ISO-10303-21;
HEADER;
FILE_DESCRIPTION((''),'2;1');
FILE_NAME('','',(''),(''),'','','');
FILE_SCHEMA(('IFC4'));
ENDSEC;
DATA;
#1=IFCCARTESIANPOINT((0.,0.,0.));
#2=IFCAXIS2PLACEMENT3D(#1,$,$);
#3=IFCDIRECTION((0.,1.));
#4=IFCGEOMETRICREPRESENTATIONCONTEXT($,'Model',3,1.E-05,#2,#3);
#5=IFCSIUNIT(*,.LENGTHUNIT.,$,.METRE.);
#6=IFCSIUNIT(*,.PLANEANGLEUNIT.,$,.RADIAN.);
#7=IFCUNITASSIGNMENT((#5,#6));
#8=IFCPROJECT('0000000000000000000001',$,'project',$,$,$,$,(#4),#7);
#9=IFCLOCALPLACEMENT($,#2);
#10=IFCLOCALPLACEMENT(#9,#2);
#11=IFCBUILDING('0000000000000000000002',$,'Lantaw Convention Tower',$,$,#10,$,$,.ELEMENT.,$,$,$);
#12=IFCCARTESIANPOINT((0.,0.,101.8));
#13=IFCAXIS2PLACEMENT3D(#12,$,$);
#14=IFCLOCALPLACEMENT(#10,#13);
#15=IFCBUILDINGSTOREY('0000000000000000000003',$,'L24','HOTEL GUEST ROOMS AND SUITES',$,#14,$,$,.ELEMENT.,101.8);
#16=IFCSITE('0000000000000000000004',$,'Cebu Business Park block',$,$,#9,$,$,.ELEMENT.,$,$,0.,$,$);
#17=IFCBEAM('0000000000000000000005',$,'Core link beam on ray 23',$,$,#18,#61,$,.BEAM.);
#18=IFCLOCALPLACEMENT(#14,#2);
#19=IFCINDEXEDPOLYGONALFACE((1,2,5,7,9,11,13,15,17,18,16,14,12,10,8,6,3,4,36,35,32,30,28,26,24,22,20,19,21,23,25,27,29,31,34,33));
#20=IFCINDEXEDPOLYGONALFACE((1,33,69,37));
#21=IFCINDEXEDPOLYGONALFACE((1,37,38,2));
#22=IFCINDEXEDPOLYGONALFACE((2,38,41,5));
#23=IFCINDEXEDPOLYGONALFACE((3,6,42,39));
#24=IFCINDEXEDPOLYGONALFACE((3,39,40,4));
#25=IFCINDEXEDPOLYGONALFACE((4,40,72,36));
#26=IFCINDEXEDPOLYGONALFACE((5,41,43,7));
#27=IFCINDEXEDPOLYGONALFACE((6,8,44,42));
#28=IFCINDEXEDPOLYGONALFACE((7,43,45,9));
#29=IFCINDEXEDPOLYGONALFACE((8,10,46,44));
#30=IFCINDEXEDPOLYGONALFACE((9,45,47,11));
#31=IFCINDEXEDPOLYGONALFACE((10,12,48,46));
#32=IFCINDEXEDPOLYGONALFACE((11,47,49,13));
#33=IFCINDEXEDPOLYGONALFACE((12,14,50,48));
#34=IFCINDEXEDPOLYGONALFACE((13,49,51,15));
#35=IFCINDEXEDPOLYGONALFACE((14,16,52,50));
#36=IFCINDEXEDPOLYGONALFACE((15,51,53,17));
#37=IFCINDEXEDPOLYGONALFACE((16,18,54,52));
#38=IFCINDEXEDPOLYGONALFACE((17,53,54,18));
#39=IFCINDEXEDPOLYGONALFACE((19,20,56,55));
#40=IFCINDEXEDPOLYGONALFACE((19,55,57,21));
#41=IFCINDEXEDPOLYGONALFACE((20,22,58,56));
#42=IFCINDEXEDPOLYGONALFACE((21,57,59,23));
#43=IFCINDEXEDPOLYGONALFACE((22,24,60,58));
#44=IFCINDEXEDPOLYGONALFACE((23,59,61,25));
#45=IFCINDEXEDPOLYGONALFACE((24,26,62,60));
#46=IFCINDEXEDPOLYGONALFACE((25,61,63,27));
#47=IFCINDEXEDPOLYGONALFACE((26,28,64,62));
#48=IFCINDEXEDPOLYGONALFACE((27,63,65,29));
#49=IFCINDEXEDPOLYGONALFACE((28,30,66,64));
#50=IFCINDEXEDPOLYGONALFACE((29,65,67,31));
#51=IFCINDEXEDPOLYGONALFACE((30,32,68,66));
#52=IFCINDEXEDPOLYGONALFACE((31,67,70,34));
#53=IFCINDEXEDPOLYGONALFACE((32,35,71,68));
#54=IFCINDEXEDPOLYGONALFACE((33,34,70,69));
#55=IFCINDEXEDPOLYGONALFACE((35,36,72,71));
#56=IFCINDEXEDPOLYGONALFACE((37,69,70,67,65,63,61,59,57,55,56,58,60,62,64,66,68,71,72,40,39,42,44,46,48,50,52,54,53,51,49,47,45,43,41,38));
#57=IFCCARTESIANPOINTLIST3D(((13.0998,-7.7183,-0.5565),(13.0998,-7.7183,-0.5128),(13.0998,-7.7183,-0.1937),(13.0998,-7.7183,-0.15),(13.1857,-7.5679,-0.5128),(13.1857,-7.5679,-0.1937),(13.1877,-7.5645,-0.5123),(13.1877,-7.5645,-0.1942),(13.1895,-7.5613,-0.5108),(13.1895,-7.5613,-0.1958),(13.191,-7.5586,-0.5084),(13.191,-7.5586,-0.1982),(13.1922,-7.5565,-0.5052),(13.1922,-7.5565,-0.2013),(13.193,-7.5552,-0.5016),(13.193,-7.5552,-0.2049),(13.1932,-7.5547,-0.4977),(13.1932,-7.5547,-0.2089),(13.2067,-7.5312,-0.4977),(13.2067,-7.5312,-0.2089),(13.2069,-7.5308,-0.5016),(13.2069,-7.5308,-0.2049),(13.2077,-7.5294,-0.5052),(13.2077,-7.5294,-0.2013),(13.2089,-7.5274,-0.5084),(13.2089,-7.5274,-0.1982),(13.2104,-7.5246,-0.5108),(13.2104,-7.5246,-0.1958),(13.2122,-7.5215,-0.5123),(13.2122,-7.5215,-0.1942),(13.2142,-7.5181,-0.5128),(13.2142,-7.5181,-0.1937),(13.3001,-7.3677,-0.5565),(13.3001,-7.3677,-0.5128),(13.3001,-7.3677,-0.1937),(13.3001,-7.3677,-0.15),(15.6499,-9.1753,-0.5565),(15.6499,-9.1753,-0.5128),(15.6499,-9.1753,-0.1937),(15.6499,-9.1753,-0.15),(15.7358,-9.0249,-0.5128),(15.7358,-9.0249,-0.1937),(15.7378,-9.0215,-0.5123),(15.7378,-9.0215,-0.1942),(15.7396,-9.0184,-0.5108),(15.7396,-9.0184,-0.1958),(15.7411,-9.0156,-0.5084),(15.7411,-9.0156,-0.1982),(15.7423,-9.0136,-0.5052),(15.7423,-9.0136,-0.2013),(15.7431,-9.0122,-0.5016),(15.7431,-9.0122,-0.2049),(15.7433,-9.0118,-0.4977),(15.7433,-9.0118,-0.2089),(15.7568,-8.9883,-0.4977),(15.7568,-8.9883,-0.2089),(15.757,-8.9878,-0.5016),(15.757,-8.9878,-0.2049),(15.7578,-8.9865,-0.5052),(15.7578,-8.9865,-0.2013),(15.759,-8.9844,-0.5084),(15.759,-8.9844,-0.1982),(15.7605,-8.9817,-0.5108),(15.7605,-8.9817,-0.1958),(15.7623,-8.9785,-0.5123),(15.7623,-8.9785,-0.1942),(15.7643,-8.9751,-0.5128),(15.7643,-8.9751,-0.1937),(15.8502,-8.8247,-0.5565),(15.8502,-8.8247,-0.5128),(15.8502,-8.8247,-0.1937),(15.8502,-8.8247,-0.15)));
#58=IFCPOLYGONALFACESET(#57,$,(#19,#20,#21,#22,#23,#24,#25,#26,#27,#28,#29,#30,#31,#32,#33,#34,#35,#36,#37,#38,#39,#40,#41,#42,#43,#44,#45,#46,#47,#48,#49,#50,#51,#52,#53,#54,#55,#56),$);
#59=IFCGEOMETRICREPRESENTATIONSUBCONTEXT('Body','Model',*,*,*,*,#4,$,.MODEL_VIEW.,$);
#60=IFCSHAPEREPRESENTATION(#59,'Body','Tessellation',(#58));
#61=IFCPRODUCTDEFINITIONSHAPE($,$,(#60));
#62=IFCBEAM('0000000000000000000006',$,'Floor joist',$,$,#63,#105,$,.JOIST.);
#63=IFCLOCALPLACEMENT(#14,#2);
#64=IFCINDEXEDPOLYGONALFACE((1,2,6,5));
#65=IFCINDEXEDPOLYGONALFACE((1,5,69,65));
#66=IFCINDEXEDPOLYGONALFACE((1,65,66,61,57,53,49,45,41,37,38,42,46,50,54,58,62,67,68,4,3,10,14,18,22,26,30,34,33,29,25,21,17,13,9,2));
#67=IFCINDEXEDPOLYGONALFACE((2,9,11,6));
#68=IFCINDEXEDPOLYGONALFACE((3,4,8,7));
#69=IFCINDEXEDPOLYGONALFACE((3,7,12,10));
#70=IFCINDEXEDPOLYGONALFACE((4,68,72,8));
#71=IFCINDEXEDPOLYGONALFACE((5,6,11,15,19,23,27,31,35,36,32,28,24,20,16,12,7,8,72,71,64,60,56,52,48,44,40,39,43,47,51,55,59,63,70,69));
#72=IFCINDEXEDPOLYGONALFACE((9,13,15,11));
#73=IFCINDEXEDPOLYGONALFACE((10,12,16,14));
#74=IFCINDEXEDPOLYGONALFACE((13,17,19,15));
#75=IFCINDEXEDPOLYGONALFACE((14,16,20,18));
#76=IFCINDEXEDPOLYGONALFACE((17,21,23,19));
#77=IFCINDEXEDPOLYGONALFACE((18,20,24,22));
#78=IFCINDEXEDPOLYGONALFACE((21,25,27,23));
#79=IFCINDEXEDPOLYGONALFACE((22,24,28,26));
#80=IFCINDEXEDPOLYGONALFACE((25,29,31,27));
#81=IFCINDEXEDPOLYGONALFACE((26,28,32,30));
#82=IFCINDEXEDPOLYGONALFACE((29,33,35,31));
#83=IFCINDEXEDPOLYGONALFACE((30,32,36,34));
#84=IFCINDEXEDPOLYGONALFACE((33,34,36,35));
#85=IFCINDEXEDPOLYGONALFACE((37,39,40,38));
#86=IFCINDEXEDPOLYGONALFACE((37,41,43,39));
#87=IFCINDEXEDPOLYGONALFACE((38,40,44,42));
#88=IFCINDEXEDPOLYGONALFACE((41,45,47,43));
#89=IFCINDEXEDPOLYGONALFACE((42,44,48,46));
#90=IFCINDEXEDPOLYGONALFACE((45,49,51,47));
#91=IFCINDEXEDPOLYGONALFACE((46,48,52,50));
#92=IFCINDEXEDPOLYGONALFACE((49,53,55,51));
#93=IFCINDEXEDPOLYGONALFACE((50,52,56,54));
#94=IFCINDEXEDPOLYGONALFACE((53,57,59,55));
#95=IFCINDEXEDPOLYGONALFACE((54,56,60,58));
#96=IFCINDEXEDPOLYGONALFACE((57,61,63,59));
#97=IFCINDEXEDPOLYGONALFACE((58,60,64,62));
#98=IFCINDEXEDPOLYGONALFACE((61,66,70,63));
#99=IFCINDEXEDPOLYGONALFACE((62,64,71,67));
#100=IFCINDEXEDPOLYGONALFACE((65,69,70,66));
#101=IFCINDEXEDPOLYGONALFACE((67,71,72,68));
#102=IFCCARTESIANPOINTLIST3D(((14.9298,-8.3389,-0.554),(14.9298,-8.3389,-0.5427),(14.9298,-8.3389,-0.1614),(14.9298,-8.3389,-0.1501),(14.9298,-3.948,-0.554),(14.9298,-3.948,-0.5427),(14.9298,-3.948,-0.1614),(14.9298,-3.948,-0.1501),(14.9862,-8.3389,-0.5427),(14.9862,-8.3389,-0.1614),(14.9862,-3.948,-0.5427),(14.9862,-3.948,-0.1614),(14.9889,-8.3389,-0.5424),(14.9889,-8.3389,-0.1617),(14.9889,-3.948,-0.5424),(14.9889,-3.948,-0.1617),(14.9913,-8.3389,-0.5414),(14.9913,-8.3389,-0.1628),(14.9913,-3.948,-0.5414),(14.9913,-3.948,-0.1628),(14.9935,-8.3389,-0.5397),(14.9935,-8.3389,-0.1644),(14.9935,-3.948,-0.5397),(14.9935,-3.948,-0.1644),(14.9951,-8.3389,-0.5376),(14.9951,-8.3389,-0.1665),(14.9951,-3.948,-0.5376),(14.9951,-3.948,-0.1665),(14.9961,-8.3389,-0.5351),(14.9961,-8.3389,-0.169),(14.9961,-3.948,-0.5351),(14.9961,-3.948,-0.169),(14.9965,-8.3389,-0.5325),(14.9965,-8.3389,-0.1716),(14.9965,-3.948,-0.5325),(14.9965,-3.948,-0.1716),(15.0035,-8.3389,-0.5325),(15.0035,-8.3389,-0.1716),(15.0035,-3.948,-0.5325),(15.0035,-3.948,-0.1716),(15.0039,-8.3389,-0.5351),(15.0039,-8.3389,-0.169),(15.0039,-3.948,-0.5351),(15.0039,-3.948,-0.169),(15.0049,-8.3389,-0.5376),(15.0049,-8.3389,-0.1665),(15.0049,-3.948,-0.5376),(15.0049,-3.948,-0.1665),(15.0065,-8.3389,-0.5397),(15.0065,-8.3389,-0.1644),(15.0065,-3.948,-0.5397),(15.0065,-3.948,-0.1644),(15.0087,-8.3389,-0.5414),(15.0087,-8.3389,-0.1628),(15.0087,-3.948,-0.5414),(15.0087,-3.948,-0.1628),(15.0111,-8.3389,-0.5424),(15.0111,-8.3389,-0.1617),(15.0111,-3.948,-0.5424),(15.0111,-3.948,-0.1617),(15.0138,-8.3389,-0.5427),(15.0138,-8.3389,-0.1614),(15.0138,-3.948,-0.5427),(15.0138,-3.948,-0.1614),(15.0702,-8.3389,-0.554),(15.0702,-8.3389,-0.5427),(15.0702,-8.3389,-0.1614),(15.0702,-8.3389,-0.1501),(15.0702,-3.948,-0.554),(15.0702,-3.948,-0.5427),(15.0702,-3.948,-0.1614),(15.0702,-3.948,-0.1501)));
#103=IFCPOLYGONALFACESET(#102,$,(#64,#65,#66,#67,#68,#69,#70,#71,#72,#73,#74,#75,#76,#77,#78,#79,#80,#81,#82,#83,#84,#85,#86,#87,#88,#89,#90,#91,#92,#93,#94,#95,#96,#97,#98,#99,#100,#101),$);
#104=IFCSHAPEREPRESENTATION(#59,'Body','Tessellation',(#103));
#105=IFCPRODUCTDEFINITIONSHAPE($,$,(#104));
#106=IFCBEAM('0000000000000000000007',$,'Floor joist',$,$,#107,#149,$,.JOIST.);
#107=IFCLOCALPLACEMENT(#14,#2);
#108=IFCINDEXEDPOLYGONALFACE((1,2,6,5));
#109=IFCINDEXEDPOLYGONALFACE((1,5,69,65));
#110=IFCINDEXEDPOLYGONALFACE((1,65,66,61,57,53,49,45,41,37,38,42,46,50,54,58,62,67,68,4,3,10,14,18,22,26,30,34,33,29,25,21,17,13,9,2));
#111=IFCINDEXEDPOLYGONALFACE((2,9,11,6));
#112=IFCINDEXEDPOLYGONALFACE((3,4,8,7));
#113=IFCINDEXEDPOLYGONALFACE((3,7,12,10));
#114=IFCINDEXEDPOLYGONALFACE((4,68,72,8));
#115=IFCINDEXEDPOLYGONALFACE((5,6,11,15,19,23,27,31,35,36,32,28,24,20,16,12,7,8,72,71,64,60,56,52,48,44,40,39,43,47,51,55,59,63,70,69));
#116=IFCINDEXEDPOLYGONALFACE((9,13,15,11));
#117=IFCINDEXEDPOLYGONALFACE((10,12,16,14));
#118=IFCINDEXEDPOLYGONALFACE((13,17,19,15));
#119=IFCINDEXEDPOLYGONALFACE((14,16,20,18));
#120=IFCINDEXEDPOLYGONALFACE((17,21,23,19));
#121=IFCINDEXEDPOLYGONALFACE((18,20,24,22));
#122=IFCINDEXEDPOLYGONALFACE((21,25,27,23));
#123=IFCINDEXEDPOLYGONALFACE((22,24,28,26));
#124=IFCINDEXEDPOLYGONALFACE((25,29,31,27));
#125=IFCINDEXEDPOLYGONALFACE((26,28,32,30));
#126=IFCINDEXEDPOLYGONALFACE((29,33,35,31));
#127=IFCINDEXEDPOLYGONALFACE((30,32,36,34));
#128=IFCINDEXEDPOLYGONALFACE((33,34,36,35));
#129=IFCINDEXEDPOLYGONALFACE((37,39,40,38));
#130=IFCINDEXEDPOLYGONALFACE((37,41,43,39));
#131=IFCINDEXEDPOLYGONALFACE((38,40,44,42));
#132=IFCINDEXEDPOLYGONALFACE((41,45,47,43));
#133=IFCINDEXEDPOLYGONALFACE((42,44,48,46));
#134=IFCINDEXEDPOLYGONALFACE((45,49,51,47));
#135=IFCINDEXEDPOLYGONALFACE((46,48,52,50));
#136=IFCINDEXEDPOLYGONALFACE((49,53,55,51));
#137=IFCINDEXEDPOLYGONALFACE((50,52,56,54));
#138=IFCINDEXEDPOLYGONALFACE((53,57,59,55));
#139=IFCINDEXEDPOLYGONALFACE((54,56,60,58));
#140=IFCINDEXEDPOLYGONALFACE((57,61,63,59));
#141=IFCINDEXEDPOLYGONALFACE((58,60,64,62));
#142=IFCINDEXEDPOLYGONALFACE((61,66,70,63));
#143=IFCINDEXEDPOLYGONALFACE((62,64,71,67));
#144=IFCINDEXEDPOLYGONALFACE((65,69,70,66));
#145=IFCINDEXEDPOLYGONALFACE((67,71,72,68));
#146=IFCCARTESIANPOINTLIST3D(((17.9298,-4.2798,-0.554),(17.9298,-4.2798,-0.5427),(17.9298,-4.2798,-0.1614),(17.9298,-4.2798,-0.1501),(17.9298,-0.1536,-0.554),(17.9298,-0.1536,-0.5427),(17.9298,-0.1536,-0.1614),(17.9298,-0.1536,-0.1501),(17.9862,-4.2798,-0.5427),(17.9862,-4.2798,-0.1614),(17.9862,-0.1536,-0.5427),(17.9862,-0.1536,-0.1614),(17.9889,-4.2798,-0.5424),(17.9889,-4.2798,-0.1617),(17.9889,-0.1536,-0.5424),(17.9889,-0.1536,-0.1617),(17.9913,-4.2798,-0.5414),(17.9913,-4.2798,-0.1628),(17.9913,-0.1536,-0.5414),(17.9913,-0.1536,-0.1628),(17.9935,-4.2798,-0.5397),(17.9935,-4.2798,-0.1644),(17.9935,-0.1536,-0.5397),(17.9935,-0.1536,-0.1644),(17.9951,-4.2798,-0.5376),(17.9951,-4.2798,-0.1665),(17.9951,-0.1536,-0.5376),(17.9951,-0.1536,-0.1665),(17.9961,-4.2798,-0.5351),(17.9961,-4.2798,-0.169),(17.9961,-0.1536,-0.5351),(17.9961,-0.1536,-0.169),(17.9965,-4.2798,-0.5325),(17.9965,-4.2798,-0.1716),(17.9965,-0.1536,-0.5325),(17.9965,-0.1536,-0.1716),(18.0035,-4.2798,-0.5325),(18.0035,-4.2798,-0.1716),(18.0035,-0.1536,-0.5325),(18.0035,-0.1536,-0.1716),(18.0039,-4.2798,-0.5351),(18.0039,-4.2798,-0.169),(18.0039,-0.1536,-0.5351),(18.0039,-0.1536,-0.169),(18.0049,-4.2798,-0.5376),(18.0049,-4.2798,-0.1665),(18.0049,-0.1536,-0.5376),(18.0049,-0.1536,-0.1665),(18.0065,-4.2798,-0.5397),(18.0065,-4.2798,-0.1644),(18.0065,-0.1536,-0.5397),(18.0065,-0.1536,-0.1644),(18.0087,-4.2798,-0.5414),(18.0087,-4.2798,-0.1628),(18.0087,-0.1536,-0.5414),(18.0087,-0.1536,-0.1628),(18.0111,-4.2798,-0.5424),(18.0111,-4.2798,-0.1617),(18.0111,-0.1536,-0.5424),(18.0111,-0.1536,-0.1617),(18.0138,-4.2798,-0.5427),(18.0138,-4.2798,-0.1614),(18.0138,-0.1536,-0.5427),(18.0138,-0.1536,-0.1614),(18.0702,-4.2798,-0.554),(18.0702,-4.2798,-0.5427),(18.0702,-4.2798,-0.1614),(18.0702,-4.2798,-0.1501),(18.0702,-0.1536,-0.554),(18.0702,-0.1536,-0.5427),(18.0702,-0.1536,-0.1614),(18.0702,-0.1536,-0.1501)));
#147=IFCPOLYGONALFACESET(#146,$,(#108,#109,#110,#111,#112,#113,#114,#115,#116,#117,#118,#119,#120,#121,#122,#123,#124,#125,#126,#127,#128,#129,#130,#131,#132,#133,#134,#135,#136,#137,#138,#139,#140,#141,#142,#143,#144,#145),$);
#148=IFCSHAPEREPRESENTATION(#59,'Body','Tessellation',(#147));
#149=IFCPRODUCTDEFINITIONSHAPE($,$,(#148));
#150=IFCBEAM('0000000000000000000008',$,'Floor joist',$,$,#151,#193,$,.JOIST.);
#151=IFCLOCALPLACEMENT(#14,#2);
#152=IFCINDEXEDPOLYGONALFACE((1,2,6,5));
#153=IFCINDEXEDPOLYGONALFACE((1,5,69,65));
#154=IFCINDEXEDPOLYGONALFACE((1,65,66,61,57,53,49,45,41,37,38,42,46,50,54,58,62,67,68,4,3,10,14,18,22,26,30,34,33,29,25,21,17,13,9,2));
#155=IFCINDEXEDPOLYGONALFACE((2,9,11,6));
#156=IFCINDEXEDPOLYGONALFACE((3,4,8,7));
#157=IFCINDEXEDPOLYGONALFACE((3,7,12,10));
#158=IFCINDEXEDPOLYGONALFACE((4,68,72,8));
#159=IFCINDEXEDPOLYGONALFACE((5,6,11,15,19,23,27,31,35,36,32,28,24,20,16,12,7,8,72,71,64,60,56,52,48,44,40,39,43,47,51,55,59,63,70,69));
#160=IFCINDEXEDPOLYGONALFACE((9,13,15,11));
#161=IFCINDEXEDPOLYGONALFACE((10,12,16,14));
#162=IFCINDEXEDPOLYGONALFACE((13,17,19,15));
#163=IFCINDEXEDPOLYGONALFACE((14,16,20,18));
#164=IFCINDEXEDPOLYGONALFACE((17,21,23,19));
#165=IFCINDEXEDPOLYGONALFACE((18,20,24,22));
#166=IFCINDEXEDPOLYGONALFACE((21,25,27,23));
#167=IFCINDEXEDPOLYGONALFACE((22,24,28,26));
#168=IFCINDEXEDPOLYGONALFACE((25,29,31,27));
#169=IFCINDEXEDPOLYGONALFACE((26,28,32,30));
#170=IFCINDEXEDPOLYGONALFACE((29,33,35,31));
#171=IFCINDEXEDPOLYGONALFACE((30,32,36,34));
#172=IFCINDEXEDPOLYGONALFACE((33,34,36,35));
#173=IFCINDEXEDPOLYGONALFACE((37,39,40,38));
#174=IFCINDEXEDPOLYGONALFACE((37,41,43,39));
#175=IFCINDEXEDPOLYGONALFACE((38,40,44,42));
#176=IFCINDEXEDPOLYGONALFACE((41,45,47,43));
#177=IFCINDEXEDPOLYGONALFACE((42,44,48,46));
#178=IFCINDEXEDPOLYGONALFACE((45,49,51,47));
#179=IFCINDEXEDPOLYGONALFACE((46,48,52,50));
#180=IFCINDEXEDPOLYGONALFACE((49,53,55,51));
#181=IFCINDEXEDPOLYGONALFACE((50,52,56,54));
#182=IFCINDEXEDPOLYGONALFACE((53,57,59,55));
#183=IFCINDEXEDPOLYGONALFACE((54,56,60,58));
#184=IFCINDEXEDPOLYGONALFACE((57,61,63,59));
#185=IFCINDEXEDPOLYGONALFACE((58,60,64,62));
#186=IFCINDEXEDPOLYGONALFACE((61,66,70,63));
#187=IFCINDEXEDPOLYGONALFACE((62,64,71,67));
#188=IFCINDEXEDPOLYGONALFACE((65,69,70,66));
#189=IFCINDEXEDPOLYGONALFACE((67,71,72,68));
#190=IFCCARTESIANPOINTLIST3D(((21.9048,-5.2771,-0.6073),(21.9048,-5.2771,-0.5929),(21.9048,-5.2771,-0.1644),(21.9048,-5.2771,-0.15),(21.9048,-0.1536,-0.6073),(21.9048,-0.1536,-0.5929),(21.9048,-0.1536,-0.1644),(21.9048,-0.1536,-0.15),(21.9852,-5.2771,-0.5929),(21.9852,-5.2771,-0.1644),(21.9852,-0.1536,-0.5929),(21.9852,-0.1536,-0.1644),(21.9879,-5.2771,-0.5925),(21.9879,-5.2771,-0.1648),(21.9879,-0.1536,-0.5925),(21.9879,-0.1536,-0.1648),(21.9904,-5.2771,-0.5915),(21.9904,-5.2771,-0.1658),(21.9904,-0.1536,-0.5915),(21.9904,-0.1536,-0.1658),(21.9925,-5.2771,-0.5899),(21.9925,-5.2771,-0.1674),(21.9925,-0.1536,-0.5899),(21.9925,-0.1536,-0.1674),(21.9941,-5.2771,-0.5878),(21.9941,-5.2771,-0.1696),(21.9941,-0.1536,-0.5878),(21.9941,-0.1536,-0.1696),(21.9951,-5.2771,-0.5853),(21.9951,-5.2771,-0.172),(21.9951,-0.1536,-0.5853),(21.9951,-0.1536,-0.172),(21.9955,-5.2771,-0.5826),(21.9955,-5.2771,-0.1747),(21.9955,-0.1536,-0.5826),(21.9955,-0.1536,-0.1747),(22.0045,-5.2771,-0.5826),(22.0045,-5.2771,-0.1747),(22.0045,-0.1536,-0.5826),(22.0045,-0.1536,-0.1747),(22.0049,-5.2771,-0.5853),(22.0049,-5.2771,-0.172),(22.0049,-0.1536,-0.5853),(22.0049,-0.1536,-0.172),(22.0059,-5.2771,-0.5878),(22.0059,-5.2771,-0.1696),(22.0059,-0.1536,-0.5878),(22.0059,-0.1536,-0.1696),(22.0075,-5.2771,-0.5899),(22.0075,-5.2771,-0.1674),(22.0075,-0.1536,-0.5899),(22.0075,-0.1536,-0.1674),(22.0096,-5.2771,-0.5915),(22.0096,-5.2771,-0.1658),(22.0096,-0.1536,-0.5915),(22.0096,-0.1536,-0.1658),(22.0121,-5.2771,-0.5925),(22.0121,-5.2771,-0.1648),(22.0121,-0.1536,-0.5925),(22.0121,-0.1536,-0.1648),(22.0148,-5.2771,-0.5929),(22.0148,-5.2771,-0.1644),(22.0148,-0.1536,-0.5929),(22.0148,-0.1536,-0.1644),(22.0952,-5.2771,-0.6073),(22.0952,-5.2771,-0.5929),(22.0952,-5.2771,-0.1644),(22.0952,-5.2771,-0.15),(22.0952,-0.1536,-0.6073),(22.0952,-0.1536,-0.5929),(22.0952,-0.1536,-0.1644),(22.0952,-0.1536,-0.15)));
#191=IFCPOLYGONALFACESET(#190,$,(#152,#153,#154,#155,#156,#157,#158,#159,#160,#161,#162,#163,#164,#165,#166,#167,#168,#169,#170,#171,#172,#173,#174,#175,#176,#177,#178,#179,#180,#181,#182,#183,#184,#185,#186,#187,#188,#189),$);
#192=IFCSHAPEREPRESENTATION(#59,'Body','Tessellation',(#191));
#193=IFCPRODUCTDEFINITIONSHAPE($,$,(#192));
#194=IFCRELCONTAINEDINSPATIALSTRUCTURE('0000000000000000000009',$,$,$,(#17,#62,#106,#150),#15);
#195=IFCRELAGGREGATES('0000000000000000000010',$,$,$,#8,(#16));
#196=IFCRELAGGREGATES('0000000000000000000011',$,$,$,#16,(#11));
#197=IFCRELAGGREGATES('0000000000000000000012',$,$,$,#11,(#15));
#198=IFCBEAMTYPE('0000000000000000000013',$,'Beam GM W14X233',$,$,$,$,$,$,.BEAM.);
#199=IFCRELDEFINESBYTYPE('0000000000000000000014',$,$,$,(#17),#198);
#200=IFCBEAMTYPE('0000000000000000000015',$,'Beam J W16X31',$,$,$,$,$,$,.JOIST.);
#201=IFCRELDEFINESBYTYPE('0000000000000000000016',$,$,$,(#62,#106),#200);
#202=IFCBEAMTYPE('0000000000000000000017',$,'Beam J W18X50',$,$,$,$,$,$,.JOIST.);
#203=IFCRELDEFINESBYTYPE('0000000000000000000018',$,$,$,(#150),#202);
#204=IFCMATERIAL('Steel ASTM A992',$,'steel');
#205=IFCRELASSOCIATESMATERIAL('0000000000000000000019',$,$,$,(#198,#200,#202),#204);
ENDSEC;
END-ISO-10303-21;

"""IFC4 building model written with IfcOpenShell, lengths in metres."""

from ifc_helpers import new_model, si_unit, direction, frame, origin, origin_2d, place, context, subcontext, project, spatial, i_section, extrude, material, material_profile, profile_set, type_object, element, save


model = new_model("IFC4")

# Units and contexts
model_context = context("Model", 3, precision=1e-05, world=origin(), true_north=direction((0.0, 1.0)))
body_context = subcontext(model_context, "Body", "Model", "MODEL_VIEW")
ifc_project = project(units=[si_unit("LENGTHUNIT", "METRE"), si_unit("PLANEANGLEUNIT", "RADIAN")], contexts=[model_context])

# Site, building, storey
site_placement = place(None, origin())
site = spatial("IfcSite", under=ifc_project, at=site_placement, Name="Cebu Business Park block", CompositionType="ELEMENT", RefElevation=0.0)
building_placement = place(site_placement, origin())
building = spatial("IfcBuilding", under=site, at=building_placement, Name="Lantaw Convention Tower", CompositionType="ELEMENT")
storey_placement = place(building_placement, frame((0.0, 0.0, 101.8)))
storey = spatial("IfcBuildingStorey", under=building, at=storey_placement, Name="L24", Description="HOTEL GUEST ROOMS AND SUITES", CompositionType="ELEMENT", Elevation=101.8)

# Beams
ifc_material_1 = material(Name="Steel ASTM A992", Category="steel")
ifc_material_profile_1 = material_profile(ifc_material_1, i_section(OverallWidth=0.4038, OverallDepth=0.4065, WebThickness=0.0271, FlangeThickness=0.0437, FilletRadius=0.0151, at=origin_2d()), Name="W14X233")
ifc_profile_set_1 = profile_set([ifc_material_profile_1], Name="Steel ASTM A992")
beam_type_1 = type_object("IfcBeamType", Name="Beam GM W14X233", PredefinedType="BEAM", material=ifc_profile_set_1)
beam_1_placement = place(storey_placement, frame((13.2, -7.543, -0.3533), z_axis=(0.868264, -0.496103, 0.0), x_axis=(0.496103, 0.868264, 0.0)))
element("IfcBeam", 1, at=beam_1_placement, inside=storey, type_object=beam_type_1, Name="Core link beam on ray 23", PredefinedType="BEAM", context=body_context, shape_type="SweptSolid", body=[
    extrude(i_section(OverallWidth=0.4038, OverallDepth=0.4065, WebThickness=0.0271, FlangeThickness=0.0437, FilletRadius=0.0151, at=origin_2d()), origin(), (0.0, 0.0, 1.0), 2.937),
])
ifc_material_profile_2 = material_profile(ifc_material_1, i_section(OverallWidth=0.1404, OverallDepth=0.4038, WebThickness=0.0071, FlangeThickness=0.0112, FilletRadius=0.0103, at=origin_2d()), Name="W16X31")
ifc_profile_set_2 = profile_set([ifc_material_profile_2], Name="Steel ASTM A992")
beam_type_2 = type_object("IfcBeamType", Name="Beam J W16X31", PredefinedType="JOIST", material=ifc_profile_set_2)
beam_2_placement = place(storey_placement, frame((15.0, -8.3389, -0.3521), z_axis=(0.0, 1.0, 0.0), x_axis=(-1.0, 0.0, 0.0)))
element("IfcBeam", 2, at=beam_2_placement, inside=storey, type_object=beam_type_2, Name="Floor joist", PredefinedType="JOIST", context=body_context, shape_type="SweptSolid", body=[
    extrude(i_section(OverallWidth=0.1404, OverallDepth=0.4038, WebThickness=0.0071, FlangeThickness=0.0112, FilletRadius=0.0103, at=origin_2d()), origin(), (0.0, 0.0, 1.0), 4.3909),
])
beam_3_placement = place(storey_placement, frame((18.0, -4.2798, -0.3521), z_axis=(0.0, 1.0, 0.0), x_axis=(-1.0, 0.0, 0.0)))
element("IfcBeam", 3, at=beam_3_placement, inside=storey, type_object=beam_type_2, Name="Floor joist", PredefinedType="JOIST", context=body_context, shape_type="SweptSolid", body=[
    extrude(i_section(OverallWidth=0.1404, OverallDepth=0.4038, WebThickness=0.0071, FlangeThickness=0.0112, FilletRadius=0.0103, at=origin_2d()), origin(), (0.0, 0.0, 1.0), 4.1262),
])
ifc_material_profile_3 = material_profile(ifc_material_1, i_section(OverallWidth=0.1904, OverallDepth=0.4573, WebThickness=0.009, FlangeThickness=0.0144, FilletRadius=0.0103, at=origin_2d()), Name="W18X50")
ifc_profile_set_3 = profile_set([ifc_material_profile_3], Name="Steel ASTM A992")
beam_type_3 = type_object("IfcBeamType", Name="Beam J W18X50", PredefinedType="JOIST", material=ifc_profile_set_3)
beam_4_placement = place(storey_placement, frame((22.0, -5.2771, -0.3787), z_axis=(0.0, 1.0, 0.0), x_axis=(-1.0, 0.0, 0.0)))
element("IfcBeam", 4, at=beam_4_placement, inside=storey, type_object=beam_type_3, Name="Floor joist", PredefinedType="JOIST", context=body_context, shape_type="SweptSolid", body=[
    extrude(i_section(OverallWidth=0.1904, OverallDepth=0.4573, WebThickness=0.009, FlangeThickness=0.0144, FilletRadius=0.0103, at=origin_2d()), origin(), (0.0, 0.0, 1.0), 5.1235),
])

save(model, "model.ifc")
